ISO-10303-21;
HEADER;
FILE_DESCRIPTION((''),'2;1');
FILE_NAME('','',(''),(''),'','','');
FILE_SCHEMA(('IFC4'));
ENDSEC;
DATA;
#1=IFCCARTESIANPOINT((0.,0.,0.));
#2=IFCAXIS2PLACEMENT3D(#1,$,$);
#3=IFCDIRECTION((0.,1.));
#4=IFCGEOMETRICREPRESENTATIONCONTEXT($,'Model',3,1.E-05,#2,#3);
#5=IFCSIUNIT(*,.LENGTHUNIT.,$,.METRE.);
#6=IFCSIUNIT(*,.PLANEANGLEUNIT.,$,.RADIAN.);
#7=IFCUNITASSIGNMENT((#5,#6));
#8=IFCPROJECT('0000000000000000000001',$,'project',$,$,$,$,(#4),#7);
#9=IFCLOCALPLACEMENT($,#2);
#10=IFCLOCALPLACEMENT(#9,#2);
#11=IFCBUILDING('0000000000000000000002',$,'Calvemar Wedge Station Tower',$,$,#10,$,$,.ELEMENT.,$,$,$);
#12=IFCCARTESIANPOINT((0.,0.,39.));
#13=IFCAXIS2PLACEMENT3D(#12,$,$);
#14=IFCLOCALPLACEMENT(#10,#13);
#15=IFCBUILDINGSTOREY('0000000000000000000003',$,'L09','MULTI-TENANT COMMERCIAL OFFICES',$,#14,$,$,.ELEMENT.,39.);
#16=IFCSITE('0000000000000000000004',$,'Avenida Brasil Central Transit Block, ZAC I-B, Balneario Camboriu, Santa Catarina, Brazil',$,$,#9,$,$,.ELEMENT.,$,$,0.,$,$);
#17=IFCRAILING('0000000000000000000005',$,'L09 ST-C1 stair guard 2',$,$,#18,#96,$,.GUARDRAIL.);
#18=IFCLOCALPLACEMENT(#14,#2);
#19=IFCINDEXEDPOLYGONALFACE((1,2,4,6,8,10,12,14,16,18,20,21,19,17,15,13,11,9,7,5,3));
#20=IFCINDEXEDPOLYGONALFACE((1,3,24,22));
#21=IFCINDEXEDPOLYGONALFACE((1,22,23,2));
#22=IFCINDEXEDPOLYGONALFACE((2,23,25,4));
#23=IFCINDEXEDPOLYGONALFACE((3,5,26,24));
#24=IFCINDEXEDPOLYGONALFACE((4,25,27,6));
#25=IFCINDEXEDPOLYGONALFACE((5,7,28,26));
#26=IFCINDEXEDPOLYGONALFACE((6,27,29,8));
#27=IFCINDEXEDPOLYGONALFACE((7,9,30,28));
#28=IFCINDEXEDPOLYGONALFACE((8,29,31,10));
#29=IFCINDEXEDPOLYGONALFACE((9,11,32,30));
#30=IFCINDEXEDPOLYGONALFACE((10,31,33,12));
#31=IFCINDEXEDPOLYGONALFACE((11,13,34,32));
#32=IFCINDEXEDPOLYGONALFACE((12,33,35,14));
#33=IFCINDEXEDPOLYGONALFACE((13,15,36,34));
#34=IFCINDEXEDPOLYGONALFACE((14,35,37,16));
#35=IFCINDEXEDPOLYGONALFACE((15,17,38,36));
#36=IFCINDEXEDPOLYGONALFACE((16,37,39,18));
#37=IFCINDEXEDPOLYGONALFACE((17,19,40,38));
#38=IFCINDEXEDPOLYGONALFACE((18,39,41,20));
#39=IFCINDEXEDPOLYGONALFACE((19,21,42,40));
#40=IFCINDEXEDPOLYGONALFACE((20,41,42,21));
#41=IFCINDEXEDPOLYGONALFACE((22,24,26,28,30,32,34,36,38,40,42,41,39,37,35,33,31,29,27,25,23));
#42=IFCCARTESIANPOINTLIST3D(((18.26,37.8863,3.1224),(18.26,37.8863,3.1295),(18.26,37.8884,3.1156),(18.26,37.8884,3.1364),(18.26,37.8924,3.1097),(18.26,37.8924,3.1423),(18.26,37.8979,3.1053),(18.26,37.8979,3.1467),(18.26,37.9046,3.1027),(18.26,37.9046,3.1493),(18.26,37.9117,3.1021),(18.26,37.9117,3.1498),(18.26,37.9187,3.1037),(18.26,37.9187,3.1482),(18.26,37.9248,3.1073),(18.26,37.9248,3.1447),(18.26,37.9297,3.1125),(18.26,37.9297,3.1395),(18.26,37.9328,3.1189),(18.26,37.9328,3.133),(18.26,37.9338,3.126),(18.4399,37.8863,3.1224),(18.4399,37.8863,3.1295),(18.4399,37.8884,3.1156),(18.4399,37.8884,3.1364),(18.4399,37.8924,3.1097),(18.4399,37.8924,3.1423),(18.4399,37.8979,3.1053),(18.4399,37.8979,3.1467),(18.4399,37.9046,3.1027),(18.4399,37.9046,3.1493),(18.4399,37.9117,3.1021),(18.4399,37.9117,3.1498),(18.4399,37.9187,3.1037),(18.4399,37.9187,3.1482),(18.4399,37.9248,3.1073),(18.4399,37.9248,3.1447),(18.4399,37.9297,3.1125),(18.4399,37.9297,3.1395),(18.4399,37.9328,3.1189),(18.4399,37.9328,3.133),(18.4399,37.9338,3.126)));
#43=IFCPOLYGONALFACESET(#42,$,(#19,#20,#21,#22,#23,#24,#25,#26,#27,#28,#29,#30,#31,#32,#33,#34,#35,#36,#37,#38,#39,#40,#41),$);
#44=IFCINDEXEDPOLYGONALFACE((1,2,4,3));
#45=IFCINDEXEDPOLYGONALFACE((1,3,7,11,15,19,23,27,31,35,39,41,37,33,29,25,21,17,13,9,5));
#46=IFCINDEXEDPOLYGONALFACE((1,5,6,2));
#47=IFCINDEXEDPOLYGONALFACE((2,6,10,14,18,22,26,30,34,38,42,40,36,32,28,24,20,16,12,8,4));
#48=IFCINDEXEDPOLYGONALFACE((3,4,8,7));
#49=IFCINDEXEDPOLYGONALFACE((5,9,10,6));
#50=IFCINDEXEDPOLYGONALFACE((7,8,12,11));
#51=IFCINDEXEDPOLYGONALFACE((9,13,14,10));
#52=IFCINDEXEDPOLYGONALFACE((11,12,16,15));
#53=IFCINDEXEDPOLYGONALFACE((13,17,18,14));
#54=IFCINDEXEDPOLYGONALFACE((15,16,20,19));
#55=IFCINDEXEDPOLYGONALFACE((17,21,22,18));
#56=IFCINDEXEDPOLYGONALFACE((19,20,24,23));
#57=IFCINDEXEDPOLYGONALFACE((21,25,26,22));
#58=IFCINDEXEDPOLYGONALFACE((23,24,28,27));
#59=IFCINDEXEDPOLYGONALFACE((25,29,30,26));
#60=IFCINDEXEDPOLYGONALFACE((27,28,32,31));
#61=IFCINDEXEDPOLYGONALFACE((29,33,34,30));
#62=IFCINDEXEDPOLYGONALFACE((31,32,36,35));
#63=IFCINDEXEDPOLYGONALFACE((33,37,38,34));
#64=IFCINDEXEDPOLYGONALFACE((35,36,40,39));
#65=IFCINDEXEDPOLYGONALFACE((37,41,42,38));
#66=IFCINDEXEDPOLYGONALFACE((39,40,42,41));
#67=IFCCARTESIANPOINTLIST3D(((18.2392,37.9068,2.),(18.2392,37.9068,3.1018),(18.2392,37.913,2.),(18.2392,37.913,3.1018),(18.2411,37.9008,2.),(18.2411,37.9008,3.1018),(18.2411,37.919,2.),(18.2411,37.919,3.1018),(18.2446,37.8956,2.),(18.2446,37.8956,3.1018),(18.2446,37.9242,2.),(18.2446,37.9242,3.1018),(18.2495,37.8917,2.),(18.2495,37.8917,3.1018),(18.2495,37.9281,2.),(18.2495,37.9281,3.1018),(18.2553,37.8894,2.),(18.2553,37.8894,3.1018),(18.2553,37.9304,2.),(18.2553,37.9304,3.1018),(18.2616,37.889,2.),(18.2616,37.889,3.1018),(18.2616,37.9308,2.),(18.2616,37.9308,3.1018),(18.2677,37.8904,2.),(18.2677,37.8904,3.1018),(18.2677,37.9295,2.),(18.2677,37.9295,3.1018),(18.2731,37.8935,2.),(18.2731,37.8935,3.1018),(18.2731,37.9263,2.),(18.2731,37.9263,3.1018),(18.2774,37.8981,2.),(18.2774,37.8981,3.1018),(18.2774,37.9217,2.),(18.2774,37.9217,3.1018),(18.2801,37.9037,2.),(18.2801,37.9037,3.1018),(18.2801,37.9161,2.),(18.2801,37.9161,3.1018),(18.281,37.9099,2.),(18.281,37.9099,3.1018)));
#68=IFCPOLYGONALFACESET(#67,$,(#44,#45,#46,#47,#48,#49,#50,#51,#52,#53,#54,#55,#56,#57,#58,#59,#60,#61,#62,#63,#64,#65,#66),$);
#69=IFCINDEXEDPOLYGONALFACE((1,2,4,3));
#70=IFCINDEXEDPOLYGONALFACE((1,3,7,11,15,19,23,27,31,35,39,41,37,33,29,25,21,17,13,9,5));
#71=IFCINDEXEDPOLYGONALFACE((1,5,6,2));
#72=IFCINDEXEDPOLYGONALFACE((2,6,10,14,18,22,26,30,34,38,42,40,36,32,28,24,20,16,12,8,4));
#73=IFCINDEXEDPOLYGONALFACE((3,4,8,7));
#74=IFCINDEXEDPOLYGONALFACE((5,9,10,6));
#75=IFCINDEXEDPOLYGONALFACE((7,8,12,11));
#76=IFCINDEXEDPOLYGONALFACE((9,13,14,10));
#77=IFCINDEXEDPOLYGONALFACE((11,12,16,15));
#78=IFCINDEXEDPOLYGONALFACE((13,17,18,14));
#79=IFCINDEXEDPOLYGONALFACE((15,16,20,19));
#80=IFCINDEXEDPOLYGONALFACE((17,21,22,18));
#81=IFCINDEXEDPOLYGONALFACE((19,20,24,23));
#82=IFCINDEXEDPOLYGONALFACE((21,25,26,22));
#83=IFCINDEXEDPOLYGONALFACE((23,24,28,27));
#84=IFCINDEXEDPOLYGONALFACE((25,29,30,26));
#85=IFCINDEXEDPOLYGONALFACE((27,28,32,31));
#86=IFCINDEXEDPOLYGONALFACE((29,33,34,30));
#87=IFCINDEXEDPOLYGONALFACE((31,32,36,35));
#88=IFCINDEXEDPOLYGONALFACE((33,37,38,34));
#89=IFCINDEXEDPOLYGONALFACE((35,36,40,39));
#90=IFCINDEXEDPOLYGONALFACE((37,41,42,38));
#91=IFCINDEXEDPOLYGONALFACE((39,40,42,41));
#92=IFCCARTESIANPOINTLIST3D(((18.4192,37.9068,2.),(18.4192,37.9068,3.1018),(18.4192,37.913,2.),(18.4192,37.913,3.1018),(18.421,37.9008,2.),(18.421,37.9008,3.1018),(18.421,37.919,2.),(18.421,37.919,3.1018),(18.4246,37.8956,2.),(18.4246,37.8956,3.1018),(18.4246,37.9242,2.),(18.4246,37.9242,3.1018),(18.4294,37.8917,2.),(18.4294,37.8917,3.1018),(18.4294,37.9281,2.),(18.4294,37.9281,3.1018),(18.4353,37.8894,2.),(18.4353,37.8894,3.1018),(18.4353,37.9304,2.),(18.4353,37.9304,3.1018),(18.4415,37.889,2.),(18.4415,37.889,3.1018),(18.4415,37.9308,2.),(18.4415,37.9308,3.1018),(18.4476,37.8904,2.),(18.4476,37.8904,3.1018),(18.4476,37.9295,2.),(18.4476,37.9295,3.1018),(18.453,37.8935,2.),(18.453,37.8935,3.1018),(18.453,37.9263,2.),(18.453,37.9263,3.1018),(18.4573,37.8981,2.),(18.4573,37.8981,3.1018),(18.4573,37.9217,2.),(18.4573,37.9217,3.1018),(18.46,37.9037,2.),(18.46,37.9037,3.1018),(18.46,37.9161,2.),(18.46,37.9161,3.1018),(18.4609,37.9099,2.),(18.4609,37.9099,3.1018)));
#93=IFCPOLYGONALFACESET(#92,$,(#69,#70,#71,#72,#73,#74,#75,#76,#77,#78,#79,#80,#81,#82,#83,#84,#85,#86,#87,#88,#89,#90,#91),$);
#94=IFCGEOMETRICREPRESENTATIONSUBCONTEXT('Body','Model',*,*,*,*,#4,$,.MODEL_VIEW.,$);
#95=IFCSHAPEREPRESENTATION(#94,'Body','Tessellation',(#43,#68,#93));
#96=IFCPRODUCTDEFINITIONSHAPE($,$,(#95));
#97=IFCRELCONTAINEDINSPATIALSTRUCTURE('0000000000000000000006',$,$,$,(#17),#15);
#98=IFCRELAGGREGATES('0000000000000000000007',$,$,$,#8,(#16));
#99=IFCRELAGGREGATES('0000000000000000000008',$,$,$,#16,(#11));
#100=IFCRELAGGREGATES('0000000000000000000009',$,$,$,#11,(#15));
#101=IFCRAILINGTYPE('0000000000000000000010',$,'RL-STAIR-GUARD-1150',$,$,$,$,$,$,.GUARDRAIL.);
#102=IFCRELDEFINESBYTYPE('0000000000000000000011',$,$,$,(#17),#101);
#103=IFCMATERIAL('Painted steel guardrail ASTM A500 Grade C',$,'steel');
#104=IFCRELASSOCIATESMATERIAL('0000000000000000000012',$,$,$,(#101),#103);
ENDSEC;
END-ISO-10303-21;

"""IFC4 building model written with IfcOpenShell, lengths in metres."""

from ifc_helpers import new_model, si_unit, direction, frame, origin, origin_2d, place, context, subcontext, project, spatial, circle, extrude, material, type_object, element, save


model = new_model("IFC4")

# Units and contexts
model_context = context("Model", 3, precision=1e-05, world=origin(), true_north=direction((0.0, 1.0)))
body_context = subcontext(model_context, "Body", "Model", "MODEL_VIEW")
ifc_project = project(units=[si_unit("LENGTHUNIT", "METRE"), si_unit("PLANEANGLEUNIT", "RADIAN")], contexts=[model_context])

# Site, building, storey
site_placement = place(None, origin())
site = spatial("IfcSite", under=ifc_project, at=site_placement, Name="Avenida Brasil Central Transit Block, ZAC I-B, Balneario Camboriu, Santa Catarina, Brazil", CompositionType="ELEMENT", RefElevation=0.0)
building_placement = place(site_placement, origin())
building = spatial("IfcBuilding", under=site, at=building_placement, Name="Calvemar Wedge Station Tower", CompositionType="ELEMENT")
storey_placement = place(building_placement, frame((0.0, 0.0, 39.0)))
storey = spatial("IfcBuildingStorey", under=building, at=storey_placement, Name="L09", Description="MULTI-TENANT COMMERCIAL OFFICES", CompositionType="ELEMENT", Elevation=39.0)

# Railing
ifc_material_1 = material(Name="Painted steel guardrail ASTM A500 Grade C", Category="steel")
railing_type_1 = type_object("IfcRailingType", Name="RL-STAIR-GUARD-1150", PredefinedType="GUARDRAIL", material=ifc_material_1)
railing_1_placement = place(storey_placement, frame((18.26, 37.9099, 2.0)))
element("IfcRailing", 1, at=railing_1_placement, inside=storey, type_object=railing_type_1, Name="L09 ST-C1 stair guard 2", PredefinedType="GUARDRAIL", context=body_context, shape_type="SweptSolid", body=[
    extrude(circle(Radius=0.0239, at=origin_2d()), frame((0.0, 0.0, 1.126), z_axis=(1.0, 0.0, 0.0), x_axis=(0.0, 1.0, 0.0)), (0.0, 0.0, 1.0), 0.1799),
    extrude(circle(Radius=0.021, at=origin_2d()), origin(), (0.0, 0.0, 1.0), 1.1018),
    extrude(circle(Radius=0.021, at=origin_2d()), frame((0.1799, 0.0, 0.0)), (0.0, 0.0, 1.0), 1.1018),
])

save(model, "model.ifc")
